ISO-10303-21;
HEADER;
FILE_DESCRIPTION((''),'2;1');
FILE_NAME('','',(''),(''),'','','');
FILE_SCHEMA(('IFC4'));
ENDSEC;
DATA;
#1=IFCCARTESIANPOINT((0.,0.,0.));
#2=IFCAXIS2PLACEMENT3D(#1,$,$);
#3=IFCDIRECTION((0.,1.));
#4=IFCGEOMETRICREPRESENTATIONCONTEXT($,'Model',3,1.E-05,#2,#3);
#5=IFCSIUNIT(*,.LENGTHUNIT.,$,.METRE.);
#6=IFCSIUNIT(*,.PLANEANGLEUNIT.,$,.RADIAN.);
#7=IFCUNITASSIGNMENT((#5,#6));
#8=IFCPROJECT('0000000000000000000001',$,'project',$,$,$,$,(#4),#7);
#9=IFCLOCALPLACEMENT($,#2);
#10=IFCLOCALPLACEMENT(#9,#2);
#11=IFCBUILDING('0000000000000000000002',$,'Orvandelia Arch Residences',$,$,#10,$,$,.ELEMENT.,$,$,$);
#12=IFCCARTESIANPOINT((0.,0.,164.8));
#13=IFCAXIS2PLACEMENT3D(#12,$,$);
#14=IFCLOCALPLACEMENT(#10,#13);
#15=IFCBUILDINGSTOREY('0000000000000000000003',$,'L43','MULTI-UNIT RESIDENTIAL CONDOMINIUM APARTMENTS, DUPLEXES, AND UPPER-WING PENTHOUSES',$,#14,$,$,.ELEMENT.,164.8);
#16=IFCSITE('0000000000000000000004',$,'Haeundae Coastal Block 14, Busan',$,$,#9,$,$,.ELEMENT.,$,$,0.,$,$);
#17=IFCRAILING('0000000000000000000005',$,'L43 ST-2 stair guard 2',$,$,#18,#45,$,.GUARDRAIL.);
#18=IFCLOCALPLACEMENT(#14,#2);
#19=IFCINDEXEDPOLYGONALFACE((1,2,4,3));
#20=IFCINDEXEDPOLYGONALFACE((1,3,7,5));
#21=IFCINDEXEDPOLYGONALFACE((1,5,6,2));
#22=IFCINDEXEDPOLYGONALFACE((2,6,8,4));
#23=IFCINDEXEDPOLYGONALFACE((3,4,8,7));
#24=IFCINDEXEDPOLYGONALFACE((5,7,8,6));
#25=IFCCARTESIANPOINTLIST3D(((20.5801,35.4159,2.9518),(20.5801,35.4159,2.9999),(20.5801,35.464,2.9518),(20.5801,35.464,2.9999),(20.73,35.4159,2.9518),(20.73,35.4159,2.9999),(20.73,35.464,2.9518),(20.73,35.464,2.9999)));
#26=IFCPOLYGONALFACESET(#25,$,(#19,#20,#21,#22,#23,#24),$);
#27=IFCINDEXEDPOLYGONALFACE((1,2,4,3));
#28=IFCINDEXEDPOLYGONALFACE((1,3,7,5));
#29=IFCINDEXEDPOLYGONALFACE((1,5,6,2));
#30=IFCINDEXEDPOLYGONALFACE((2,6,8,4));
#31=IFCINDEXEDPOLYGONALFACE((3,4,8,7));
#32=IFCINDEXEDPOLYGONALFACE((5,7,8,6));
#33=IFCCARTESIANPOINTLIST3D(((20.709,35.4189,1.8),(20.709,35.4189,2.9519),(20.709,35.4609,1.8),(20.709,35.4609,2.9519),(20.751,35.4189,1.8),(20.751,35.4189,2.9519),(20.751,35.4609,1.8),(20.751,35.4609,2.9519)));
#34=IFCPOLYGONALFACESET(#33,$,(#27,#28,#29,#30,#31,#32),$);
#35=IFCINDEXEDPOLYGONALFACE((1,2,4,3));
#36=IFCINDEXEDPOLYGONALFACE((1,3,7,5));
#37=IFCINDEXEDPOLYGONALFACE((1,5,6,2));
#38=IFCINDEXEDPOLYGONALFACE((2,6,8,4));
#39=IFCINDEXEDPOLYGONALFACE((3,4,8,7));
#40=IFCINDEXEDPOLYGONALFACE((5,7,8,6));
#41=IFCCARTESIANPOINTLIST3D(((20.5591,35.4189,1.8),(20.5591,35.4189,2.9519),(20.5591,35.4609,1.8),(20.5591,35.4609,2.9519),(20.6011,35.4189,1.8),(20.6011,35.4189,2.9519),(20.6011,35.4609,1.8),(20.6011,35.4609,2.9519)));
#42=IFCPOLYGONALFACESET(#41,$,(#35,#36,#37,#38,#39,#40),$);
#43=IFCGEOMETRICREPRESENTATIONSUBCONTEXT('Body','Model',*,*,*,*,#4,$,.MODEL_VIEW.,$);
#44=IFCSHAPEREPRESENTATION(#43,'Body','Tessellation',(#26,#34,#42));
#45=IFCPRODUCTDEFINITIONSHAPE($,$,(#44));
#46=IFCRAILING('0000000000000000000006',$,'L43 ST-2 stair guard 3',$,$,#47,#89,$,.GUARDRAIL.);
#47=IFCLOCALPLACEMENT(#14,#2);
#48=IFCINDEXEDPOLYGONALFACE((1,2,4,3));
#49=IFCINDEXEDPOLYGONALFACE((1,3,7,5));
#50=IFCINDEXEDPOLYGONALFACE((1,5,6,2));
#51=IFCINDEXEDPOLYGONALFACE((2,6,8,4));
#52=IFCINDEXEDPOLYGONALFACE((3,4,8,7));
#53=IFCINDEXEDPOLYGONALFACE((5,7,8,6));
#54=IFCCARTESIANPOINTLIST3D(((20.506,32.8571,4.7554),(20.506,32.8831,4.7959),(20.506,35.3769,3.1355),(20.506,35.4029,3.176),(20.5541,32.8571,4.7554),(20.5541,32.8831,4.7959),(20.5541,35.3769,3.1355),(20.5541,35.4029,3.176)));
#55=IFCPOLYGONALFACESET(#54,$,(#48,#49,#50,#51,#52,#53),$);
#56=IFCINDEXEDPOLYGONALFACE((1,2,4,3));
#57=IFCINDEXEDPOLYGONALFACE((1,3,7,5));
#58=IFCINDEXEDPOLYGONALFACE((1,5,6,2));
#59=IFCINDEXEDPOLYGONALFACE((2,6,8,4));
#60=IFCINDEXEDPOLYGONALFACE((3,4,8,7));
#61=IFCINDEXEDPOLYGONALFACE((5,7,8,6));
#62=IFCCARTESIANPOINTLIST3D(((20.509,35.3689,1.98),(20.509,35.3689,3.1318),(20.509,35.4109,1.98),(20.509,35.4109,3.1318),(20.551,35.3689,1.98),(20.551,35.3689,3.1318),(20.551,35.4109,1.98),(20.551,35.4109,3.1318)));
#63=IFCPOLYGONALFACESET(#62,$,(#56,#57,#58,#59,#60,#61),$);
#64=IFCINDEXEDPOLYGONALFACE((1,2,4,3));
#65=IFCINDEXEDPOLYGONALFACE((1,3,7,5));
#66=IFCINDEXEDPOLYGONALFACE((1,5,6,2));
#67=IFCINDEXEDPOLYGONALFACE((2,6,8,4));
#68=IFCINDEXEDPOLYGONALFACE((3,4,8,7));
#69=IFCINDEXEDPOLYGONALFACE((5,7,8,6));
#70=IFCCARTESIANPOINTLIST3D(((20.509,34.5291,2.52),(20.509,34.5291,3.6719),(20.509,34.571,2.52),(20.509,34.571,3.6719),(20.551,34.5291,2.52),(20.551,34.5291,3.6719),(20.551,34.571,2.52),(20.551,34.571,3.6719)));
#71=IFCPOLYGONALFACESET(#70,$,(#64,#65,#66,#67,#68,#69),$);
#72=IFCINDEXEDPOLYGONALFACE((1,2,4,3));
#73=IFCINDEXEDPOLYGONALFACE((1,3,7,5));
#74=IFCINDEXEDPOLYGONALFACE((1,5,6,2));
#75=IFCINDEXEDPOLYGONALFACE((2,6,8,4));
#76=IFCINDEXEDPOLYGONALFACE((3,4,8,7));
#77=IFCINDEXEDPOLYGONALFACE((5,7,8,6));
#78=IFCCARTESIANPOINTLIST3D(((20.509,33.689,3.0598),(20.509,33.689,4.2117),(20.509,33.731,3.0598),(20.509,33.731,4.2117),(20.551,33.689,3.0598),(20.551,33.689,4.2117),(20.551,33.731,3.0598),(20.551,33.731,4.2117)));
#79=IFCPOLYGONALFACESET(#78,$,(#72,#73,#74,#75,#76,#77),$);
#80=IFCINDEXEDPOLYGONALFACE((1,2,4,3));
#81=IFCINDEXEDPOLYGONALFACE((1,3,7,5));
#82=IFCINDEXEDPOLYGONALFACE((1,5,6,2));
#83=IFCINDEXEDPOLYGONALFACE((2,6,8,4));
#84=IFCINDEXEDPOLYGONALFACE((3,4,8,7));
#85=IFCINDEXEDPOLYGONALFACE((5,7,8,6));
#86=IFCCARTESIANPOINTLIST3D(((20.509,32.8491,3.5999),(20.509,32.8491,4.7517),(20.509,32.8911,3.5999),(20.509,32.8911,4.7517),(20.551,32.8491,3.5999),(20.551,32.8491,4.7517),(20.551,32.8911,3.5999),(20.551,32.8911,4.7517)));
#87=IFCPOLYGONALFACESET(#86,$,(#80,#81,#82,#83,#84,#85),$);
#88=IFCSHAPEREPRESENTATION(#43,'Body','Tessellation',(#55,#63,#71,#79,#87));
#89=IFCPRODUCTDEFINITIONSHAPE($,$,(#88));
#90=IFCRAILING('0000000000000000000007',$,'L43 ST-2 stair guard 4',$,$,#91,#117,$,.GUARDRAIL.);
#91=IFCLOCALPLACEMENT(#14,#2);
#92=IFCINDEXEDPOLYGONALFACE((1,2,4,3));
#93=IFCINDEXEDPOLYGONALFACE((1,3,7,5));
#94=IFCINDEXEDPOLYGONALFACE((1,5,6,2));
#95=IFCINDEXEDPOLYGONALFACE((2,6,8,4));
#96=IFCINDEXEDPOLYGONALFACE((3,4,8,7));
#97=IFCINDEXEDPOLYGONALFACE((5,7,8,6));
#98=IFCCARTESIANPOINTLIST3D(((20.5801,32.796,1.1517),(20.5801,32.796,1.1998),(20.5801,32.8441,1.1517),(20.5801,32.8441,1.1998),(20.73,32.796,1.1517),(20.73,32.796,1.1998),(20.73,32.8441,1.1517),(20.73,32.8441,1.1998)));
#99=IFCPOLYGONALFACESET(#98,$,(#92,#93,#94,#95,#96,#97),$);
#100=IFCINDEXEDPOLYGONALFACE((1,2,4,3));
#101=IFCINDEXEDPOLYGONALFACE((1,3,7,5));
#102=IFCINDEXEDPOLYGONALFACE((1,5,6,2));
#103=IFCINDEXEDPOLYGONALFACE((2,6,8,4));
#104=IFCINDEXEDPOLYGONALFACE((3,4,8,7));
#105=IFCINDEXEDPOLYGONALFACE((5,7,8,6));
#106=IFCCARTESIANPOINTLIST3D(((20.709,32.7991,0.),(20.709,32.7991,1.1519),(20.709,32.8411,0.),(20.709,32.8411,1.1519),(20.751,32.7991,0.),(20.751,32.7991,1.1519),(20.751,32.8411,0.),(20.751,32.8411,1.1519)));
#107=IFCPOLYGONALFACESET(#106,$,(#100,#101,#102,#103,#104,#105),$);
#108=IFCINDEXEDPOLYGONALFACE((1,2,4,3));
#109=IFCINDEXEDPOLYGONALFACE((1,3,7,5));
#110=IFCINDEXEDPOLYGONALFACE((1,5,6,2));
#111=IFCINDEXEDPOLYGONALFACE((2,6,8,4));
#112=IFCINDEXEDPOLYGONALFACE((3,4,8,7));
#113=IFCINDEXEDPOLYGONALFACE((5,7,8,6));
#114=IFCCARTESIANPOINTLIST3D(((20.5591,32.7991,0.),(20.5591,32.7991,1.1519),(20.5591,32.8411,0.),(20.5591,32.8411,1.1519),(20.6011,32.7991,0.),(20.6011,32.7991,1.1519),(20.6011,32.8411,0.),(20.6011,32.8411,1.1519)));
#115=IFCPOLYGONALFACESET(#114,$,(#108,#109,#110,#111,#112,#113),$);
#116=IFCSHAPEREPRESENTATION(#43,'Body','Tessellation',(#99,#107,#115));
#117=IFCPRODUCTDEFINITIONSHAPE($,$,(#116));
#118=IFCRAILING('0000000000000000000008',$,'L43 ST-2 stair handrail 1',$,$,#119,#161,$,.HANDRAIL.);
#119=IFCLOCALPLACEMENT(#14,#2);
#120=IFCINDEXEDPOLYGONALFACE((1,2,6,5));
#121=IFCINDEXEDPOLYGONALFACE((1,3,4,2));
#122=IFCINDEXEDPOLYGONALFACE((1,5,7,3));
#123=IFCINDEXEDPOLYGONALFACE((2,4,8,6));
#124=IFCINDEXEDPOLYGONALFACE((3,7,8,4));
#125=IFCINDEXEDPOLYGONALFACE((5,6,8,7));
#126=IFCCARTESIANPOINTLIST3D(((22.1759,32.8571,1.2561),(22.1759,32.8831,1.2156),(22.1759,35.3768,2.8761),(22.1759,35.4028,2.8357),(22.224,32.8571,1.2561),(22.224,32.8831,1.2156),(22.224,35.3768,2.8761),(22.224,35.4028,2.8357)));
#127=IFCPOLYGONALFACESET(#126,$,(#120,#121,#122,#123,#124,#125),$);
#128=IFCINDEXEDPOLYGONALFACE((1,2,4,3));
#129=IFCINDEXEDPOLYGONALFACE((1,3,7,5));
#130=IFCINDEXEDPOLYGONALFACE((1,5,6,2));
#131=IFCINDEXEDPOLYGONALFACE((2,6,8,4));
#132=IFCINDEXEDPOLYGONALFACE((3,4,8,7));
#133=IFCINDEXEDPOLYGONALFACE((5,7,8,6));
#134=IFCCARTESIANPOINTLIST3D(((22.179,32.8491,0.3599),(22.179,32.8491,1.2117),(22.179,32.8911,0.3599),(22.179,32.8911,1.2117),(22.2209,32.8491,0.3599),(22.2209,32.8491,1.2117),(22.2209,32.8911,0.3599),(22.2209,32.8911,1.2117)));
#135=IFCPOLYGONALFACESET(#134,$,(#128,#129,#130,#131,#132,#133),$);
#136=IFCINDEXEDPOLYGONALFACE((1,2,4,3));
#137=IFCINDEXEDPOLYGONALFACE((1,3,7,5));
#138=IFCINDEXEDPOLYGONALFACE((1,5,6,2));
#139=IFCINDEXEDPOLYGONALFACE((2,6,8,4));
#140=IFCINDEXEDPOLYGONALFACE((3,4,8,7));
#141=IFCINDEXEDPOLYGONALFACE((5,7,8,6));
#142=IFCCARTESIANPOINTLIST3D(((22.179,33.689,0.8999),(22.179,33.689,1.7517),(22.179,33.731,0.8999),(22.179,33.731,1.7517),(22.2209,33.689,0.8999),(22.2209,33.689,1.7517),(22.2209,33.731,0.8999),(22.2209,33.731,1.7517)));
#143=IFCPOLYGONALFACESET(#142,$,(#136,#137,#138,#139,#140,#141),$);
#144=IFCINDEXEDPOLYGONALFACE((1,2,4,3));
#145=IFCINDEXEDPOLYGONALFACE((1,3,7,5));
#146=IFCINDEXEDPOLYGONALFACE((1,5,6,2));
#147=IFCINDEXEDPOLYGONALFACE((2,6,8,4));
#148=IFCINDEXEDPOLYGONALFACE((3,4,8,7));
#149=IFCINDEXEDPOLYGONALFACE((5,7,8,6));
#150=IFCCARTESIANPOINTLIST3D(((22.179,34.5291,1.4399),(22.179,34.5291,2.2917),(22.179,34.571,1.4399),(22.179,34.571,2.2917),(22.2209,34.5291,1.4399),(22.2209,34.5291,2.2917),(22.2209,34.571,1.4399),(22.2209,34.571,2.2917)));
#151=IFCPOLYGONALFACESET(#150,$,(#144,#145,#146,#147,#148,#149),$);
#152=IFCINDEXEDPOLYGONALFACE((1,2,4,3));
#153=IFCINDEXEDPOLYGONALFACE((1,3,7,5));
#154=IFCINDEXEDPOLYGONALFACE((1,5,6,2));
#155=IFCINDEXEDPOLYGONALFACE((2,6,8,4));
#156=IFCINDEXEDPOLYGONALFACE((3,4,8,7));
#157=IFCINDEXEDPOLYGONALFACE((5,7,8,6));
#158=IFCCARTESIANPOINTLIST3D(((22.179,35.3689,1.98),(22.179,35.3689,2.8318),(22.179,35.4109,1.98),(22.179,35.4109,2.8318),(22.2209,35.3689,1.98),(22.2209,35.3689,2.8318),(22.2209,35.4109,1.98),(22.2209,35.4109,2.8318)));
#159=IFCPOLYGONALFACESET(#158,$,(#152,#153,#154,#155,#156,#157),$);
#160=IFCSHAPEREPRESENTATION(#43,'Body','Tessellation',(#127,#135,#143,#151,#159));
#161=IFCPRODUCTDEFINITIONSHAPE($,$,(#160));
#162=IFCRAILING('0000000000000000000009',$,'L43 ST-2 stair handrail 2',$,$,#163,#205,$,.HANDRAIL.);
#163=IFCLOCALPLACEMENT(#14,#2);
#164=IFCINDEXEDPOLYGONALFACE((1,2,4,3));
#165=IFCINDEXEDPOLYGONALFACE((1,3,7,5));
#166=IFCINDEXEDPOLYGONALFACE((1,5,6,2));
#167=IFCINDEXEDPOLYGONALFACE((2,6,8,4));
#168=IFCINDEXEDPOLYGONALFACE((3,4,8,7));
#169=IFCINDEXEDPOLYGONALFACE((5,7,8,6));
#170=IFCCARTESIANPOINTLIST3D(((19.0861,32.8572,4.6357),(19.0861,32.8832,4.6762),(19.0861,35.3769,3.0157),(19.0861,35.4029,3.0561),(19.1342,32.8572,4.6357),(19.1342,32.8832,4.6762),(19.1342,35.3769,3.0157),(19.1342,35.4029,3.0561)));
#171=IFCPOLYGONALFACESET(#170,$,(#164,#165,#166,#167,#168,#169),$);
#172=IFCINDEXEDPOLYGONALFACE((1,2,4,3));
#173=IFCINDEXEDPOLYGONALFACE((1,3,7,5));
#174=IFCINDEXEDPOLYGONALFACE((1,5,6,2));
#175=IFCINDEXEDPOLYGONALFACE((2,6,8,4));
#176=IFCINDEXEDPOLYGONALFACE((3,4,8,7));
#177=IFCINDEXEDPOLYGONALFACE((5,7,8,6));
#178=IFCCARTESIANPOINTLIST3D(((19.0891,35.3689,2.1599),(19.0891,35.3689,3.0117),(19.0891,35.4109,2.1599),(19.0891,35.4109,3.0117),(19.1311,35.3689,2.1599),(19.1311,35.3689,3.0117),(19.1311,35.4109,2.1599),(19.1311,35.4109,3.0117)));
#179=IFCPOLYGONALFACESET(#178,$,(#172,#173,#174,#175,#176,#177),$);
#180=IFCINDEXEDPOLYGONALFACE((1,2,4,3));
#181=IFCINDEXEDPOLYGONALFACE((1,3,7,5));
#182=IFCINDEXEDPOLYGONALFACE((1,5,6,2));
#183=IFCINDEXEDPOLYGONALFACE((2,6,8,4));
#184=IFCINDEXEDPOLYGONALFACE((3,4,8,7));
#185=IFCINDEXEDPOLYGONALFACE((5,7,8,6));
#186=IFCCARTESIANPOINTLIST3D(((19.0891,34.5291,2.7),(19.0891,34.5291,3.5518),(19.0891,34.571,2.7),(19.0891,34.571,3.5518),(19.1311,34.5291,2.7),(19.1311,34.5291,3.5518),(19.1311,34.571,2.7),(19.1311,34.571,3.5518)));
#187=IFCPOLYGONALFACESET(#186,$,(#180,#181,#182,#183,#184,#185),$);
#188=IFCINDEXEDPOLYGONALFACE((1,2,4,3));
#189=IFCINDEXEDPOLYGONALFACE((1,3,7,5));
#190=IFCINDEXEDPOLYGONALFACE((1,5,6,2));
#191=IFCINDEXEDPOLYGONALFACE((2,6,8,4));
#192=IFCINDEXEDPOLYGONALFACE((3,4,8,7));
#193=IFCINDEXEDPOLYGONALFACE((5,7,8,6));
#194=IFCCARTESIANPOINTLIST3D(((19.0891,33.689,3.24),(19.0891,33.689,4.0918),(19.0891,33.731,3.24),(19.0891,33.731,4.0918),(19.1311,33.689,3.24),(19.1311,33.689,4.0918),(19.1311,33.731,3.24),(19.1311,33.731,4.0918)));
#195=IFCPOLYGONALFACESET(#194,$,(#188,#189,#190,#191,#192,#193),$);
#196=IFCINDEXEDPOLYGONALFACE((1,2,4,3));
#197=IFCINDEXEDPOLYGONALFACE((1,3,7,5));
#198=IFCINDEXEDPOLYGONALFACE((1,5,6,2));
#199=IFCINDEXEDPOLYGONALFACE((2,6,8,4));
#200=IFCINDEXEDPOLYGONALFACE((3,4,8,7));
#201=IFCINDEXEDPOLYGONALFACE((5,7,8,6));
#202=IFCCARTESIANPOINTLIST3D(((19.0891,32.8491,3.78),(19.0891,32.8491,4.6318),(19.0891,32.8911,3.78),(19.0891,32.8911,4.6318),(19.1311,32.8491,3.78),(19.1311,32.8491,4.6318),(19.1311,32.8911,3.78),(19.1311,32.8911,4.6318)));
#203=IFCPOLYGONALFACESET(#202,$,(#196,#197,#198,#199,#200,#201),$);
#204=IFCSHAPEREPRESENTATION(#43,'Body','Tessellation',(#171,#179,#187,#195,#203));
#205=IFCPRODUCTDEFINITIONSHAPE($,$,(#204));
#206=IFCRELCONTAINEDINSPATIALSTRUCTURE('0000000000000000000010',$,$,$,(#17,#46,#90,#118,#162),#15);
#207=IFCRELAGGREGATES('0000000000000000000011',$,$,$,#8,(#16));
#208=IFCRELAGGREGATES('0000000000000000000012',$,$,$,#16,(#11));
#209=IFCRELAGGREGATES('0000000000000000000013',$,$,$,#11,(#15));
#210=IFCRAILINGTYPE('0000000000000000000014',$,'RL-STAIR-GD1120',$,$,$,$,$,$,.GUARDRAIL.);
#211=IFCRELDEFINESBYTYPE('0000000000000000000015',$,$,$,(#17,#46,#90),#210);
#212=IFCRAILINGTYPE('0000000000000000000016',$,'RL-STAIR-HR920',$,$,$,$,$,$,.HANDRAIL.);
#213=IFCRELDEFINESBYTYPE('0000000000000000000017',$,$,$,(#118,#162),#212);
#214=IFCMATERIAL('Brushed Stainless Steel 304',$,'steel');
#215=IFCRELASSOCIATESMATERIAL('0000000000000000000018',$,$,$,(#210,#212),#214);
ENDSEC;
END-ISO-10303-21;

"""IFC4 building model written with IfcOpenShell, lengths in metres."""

from ifc_helpers import new_model, si_unit, direction, frame, origin, origin_2d, place, context, subcontext, project, spatial, rectangle, extrude, material, type_object, element, save


model = new_model("IFC4")

# Units and contexts
model_context = context("Model", 3, precision=1e-05, world=origin(), true_north=direction((0.0, 1.0)))
body_context = subcontext(model_context, "Body", "Model", "MODEL_VIEW")
ifc_project = project(units=[si_unit("LENGTHUNIT", "METRE"), si_unit("PLANEANGLEUNIT", "RADIAN")], contexts=[model_context])

# Site, building, storey
site_placement = place(None, origin())
site = spatial("IfcSite", under=ifc_project, at=site_placement, Name="Haeundae Coastal Block 14, Busan", CompositionType="ELEMENT", RefElevation=0.0)
building_placement = place(site_placement, origin())
building = spatial("IfcBuilding", under=site, at=building_placement, Name="Orvandelia Arch Residences", CompositionType="ELEMENT")
storey_placement = place(building_placement, frame((0.0, 0.0, 164.8)))
storey = spatial("IfcBuildingStorey", under=building, at=storey_placement, Name="L43", Description="MULTI-UNIT RESIDENTIAL CONDOMINIUM APARTMENTS, DUPLEXES, AND UPPER-WING PENTHOUSES", CompositionType="ELEMENT", Elevation=164.8)

# Railings
ifc_material_1 = material(Name="Brushed Stainless Steel 304", Category="steel")
railing_type_1 = type_object("IfcRailingType", Name="RL-STAIR-GD1120", PredefinedType="GUARDRAIL", material=ifc_material_1)
railing_1_placement = place(storey_placement, frame((20.73, 35.4399, 1.8)))
element("IfcRailing", 1, at=railing_1_placement, inside=storey, type_object=railing_type_1, Name="L43 ST-2 stair guard 2", PredefinedType="GUARDRAIL", context=body_context, shape_type="SweptSolid", body=[
    extrude(rectangle(XDim=0.0481, YDim=0.0481, at=origin_2d()), frame((0.0, 0.0, 1.1758), z_axis=(-1.0, 0.0, 0.0), x_axis=(0.0, -1.0, 0.0)), (0.0, 0.0, 1.0), 0.1499),
    extrude(rectangle(XDim=0.042, YDim=0.042, at=origin_2d()), origin(), (0.0, 0.0, 1.0), 1.1519),
    extrude(rectangle(XDim=0.042, YDim=0.042, at=origin_2d()), frame((-0.1499, 0.0, 0.0)), (0.0, 0.0, 1.0), 1.1519),
])
railing_2_placement = place(storey_placement, frame((20.53, 35.3899, 1.98)))
element("IfcRailing", 2, at=railing_2_placement, inside=storey, type_object=railing_type_1, Name="L43 ST-2 stair guard 3", PredefinedType="GUARDRAIL", context=body_context, shape_type="SweptSolid", body=[
    extrude(rectangle(XDim=0.0481, YDim=0.0481, at=origin_2d()), frame((0.0, 0.0, 1.1758), z_axis=(0.0, -0.841176, 0.540762), x_axis=(1.0, 0.0, 0.0)), (0.0, 0.0, 1.0), 2.9956),
    extrude(rectangle(XDim=0.042, YDim=0.042, at=origin_2d()), origin(), (0.0, 0.0, 1.0), 1.1519),
    extrude(rectangle(XDim=0.042, YDim=0.042, at=origin_2d()), frame((0.0, -0.8398, 0.54)), (0.0, 0.0, 1.0), 1.1519),
    extrude(rectangle(XDim=0.042, YDim=0.042, at=origin_2d()), frame((0.0, -1.6799, 1.0798)), (0.0, 0.0, 1.0), 1.1519),
    extrude(rectangle(XDim=0.042, YDim=0.042, at=origin_2d()), frame((0.0, -2.5198, 1.6199)), (0.0, 0.0, 1.0), 1.1519),
])
railing_3_placement = place(storey_placement, frame((20.73, 32.8201, 0.0)))
element("IfcRailing", 3, at=railing_3_placement, inside=storey, type_object=railing_type_1, Name="L43 ST-2 stair guard 4", PredefinedType="GUARDRAIL", context=body_context, shape_type="SweptSolid", body=[
    extrude(rectangle(XDim=0.0481, YDim=0.0481, at=origin_2d()), frame((0.0, 0.0, 1.1758), z_axis=(-1.0, 0.0, 0.0), x_axis=(0.0, -1.0, 0.0)), (0.0, 0.0, 1.0), 0.1499),
    extrude(rectangle(XDim=0.042, YDim=0.042, at=origin_2d()), origin(), (0.0, 0.0, 1.0), 1.1519),
    extrude(rectangle(XDim=0.042, YDim=0.042, at=origin_2d()), frame((-0.1499, 0.0, 0.0)), (0.0, 0.0, 1.0), 1.1519),
])
railing_type_2 = type_object("IfcRailingType", Name="RL-STAIR-HR920", PredefinedType="HANDRAIL", material=ifc_material_1)
railing_4_placement = place(storey_placement, frame((22.2, 32.8701, 0.3599)))
element("IfcRailing", 4, at=railing_4_placement, inside=storey, type_object=railing_type_2, Name="L43 ST-2 stair handrail 1", PredefinedType="HANDRAIL", context=body_context, shape_type="SweptSolid", body=[
    extrude(rectangle(XDim=0.0481, YDim=0.0481, at=origin_2d()), frame((0.0, 0.0, 0.876), z_axis=(0.0, 0.841139, 0.540819), x_axis=(-1.0, 0.0, 0.0)), (0.0, 0.0, 1.0), 2.9956),
    extrude(rectangle(XDim=0.042, YDim=0.042, at=origin_2d()), origin(), (0.0, 0.0, 1.0), 0.8518),
    extrude(rectangle(XDim=0.042, YDim=0.042, at=origin_2d()), frame((0.0, 0.8398, 0.54)), (0.0, 0.0, 1.0), 0.8518),
    extrude(rectangle(XDim=0.042, YDim=0.042, at=origin_2d()), frame((0.0, 1.6799, 1.0801)), (0.0, 0.0, 1.0), 0.8518),
    extrude(rectangle(XDim=0.042, YDim=0.042, at=origin_2d()), frame((0.0, 2.5198, 1.6201)), (0.0, 0.0, 1.0), 0.8518),
])
railing_5_placement = place(storey_placement, frame((19.1101, 35.3899, 2.1599)))
element("IfcRailing", 5, at=railing_5_placement, inside=storey, type_object=railing_type_2, Name="L43 ST-2 stair handrail 2", PredefinedType="HANDRAIL", context=body_context, shape_type="SweptSolid", body=[
    extrude(rectangle(XDim=0.0481, YDim=0.0481, at=origin_2d()), frame((0.0, 0.0, 0.876), z_axis=(0.0, -0.841139, 0.540819), x_axis=(1.0, 0.0, 0.0)), (0.0, 0.0, 1.0), 2.9956),
    extrude(rectangle(XDim=0.042, YDim=0.042, at=origin_2d()), origin(), (0.0, 0.0, 1.0), 0.8518),
    extrude(rectangle(XDim=0.042, YDim=0.042, at=origin_2d()), frame((0.0, -0.8398, 0.54)), (0.0, 0.0, 1.0), 0.8518),
    extrude(rectangle(XDim=0.042, YDim=0.042, at=origin_2d()), frame((0.0, -1.6799, 1.0801)), (0.0, 0.0, 1.0), 0.8518),
    extrude(rectangle(XDim=0.042, YDim=0.042, at=origin_2d()), frame((0.0, -2.5198, 1.6201)), (0.0, 0.0, 1.0), 0.8518),
])

save(model, "model.ifc")
